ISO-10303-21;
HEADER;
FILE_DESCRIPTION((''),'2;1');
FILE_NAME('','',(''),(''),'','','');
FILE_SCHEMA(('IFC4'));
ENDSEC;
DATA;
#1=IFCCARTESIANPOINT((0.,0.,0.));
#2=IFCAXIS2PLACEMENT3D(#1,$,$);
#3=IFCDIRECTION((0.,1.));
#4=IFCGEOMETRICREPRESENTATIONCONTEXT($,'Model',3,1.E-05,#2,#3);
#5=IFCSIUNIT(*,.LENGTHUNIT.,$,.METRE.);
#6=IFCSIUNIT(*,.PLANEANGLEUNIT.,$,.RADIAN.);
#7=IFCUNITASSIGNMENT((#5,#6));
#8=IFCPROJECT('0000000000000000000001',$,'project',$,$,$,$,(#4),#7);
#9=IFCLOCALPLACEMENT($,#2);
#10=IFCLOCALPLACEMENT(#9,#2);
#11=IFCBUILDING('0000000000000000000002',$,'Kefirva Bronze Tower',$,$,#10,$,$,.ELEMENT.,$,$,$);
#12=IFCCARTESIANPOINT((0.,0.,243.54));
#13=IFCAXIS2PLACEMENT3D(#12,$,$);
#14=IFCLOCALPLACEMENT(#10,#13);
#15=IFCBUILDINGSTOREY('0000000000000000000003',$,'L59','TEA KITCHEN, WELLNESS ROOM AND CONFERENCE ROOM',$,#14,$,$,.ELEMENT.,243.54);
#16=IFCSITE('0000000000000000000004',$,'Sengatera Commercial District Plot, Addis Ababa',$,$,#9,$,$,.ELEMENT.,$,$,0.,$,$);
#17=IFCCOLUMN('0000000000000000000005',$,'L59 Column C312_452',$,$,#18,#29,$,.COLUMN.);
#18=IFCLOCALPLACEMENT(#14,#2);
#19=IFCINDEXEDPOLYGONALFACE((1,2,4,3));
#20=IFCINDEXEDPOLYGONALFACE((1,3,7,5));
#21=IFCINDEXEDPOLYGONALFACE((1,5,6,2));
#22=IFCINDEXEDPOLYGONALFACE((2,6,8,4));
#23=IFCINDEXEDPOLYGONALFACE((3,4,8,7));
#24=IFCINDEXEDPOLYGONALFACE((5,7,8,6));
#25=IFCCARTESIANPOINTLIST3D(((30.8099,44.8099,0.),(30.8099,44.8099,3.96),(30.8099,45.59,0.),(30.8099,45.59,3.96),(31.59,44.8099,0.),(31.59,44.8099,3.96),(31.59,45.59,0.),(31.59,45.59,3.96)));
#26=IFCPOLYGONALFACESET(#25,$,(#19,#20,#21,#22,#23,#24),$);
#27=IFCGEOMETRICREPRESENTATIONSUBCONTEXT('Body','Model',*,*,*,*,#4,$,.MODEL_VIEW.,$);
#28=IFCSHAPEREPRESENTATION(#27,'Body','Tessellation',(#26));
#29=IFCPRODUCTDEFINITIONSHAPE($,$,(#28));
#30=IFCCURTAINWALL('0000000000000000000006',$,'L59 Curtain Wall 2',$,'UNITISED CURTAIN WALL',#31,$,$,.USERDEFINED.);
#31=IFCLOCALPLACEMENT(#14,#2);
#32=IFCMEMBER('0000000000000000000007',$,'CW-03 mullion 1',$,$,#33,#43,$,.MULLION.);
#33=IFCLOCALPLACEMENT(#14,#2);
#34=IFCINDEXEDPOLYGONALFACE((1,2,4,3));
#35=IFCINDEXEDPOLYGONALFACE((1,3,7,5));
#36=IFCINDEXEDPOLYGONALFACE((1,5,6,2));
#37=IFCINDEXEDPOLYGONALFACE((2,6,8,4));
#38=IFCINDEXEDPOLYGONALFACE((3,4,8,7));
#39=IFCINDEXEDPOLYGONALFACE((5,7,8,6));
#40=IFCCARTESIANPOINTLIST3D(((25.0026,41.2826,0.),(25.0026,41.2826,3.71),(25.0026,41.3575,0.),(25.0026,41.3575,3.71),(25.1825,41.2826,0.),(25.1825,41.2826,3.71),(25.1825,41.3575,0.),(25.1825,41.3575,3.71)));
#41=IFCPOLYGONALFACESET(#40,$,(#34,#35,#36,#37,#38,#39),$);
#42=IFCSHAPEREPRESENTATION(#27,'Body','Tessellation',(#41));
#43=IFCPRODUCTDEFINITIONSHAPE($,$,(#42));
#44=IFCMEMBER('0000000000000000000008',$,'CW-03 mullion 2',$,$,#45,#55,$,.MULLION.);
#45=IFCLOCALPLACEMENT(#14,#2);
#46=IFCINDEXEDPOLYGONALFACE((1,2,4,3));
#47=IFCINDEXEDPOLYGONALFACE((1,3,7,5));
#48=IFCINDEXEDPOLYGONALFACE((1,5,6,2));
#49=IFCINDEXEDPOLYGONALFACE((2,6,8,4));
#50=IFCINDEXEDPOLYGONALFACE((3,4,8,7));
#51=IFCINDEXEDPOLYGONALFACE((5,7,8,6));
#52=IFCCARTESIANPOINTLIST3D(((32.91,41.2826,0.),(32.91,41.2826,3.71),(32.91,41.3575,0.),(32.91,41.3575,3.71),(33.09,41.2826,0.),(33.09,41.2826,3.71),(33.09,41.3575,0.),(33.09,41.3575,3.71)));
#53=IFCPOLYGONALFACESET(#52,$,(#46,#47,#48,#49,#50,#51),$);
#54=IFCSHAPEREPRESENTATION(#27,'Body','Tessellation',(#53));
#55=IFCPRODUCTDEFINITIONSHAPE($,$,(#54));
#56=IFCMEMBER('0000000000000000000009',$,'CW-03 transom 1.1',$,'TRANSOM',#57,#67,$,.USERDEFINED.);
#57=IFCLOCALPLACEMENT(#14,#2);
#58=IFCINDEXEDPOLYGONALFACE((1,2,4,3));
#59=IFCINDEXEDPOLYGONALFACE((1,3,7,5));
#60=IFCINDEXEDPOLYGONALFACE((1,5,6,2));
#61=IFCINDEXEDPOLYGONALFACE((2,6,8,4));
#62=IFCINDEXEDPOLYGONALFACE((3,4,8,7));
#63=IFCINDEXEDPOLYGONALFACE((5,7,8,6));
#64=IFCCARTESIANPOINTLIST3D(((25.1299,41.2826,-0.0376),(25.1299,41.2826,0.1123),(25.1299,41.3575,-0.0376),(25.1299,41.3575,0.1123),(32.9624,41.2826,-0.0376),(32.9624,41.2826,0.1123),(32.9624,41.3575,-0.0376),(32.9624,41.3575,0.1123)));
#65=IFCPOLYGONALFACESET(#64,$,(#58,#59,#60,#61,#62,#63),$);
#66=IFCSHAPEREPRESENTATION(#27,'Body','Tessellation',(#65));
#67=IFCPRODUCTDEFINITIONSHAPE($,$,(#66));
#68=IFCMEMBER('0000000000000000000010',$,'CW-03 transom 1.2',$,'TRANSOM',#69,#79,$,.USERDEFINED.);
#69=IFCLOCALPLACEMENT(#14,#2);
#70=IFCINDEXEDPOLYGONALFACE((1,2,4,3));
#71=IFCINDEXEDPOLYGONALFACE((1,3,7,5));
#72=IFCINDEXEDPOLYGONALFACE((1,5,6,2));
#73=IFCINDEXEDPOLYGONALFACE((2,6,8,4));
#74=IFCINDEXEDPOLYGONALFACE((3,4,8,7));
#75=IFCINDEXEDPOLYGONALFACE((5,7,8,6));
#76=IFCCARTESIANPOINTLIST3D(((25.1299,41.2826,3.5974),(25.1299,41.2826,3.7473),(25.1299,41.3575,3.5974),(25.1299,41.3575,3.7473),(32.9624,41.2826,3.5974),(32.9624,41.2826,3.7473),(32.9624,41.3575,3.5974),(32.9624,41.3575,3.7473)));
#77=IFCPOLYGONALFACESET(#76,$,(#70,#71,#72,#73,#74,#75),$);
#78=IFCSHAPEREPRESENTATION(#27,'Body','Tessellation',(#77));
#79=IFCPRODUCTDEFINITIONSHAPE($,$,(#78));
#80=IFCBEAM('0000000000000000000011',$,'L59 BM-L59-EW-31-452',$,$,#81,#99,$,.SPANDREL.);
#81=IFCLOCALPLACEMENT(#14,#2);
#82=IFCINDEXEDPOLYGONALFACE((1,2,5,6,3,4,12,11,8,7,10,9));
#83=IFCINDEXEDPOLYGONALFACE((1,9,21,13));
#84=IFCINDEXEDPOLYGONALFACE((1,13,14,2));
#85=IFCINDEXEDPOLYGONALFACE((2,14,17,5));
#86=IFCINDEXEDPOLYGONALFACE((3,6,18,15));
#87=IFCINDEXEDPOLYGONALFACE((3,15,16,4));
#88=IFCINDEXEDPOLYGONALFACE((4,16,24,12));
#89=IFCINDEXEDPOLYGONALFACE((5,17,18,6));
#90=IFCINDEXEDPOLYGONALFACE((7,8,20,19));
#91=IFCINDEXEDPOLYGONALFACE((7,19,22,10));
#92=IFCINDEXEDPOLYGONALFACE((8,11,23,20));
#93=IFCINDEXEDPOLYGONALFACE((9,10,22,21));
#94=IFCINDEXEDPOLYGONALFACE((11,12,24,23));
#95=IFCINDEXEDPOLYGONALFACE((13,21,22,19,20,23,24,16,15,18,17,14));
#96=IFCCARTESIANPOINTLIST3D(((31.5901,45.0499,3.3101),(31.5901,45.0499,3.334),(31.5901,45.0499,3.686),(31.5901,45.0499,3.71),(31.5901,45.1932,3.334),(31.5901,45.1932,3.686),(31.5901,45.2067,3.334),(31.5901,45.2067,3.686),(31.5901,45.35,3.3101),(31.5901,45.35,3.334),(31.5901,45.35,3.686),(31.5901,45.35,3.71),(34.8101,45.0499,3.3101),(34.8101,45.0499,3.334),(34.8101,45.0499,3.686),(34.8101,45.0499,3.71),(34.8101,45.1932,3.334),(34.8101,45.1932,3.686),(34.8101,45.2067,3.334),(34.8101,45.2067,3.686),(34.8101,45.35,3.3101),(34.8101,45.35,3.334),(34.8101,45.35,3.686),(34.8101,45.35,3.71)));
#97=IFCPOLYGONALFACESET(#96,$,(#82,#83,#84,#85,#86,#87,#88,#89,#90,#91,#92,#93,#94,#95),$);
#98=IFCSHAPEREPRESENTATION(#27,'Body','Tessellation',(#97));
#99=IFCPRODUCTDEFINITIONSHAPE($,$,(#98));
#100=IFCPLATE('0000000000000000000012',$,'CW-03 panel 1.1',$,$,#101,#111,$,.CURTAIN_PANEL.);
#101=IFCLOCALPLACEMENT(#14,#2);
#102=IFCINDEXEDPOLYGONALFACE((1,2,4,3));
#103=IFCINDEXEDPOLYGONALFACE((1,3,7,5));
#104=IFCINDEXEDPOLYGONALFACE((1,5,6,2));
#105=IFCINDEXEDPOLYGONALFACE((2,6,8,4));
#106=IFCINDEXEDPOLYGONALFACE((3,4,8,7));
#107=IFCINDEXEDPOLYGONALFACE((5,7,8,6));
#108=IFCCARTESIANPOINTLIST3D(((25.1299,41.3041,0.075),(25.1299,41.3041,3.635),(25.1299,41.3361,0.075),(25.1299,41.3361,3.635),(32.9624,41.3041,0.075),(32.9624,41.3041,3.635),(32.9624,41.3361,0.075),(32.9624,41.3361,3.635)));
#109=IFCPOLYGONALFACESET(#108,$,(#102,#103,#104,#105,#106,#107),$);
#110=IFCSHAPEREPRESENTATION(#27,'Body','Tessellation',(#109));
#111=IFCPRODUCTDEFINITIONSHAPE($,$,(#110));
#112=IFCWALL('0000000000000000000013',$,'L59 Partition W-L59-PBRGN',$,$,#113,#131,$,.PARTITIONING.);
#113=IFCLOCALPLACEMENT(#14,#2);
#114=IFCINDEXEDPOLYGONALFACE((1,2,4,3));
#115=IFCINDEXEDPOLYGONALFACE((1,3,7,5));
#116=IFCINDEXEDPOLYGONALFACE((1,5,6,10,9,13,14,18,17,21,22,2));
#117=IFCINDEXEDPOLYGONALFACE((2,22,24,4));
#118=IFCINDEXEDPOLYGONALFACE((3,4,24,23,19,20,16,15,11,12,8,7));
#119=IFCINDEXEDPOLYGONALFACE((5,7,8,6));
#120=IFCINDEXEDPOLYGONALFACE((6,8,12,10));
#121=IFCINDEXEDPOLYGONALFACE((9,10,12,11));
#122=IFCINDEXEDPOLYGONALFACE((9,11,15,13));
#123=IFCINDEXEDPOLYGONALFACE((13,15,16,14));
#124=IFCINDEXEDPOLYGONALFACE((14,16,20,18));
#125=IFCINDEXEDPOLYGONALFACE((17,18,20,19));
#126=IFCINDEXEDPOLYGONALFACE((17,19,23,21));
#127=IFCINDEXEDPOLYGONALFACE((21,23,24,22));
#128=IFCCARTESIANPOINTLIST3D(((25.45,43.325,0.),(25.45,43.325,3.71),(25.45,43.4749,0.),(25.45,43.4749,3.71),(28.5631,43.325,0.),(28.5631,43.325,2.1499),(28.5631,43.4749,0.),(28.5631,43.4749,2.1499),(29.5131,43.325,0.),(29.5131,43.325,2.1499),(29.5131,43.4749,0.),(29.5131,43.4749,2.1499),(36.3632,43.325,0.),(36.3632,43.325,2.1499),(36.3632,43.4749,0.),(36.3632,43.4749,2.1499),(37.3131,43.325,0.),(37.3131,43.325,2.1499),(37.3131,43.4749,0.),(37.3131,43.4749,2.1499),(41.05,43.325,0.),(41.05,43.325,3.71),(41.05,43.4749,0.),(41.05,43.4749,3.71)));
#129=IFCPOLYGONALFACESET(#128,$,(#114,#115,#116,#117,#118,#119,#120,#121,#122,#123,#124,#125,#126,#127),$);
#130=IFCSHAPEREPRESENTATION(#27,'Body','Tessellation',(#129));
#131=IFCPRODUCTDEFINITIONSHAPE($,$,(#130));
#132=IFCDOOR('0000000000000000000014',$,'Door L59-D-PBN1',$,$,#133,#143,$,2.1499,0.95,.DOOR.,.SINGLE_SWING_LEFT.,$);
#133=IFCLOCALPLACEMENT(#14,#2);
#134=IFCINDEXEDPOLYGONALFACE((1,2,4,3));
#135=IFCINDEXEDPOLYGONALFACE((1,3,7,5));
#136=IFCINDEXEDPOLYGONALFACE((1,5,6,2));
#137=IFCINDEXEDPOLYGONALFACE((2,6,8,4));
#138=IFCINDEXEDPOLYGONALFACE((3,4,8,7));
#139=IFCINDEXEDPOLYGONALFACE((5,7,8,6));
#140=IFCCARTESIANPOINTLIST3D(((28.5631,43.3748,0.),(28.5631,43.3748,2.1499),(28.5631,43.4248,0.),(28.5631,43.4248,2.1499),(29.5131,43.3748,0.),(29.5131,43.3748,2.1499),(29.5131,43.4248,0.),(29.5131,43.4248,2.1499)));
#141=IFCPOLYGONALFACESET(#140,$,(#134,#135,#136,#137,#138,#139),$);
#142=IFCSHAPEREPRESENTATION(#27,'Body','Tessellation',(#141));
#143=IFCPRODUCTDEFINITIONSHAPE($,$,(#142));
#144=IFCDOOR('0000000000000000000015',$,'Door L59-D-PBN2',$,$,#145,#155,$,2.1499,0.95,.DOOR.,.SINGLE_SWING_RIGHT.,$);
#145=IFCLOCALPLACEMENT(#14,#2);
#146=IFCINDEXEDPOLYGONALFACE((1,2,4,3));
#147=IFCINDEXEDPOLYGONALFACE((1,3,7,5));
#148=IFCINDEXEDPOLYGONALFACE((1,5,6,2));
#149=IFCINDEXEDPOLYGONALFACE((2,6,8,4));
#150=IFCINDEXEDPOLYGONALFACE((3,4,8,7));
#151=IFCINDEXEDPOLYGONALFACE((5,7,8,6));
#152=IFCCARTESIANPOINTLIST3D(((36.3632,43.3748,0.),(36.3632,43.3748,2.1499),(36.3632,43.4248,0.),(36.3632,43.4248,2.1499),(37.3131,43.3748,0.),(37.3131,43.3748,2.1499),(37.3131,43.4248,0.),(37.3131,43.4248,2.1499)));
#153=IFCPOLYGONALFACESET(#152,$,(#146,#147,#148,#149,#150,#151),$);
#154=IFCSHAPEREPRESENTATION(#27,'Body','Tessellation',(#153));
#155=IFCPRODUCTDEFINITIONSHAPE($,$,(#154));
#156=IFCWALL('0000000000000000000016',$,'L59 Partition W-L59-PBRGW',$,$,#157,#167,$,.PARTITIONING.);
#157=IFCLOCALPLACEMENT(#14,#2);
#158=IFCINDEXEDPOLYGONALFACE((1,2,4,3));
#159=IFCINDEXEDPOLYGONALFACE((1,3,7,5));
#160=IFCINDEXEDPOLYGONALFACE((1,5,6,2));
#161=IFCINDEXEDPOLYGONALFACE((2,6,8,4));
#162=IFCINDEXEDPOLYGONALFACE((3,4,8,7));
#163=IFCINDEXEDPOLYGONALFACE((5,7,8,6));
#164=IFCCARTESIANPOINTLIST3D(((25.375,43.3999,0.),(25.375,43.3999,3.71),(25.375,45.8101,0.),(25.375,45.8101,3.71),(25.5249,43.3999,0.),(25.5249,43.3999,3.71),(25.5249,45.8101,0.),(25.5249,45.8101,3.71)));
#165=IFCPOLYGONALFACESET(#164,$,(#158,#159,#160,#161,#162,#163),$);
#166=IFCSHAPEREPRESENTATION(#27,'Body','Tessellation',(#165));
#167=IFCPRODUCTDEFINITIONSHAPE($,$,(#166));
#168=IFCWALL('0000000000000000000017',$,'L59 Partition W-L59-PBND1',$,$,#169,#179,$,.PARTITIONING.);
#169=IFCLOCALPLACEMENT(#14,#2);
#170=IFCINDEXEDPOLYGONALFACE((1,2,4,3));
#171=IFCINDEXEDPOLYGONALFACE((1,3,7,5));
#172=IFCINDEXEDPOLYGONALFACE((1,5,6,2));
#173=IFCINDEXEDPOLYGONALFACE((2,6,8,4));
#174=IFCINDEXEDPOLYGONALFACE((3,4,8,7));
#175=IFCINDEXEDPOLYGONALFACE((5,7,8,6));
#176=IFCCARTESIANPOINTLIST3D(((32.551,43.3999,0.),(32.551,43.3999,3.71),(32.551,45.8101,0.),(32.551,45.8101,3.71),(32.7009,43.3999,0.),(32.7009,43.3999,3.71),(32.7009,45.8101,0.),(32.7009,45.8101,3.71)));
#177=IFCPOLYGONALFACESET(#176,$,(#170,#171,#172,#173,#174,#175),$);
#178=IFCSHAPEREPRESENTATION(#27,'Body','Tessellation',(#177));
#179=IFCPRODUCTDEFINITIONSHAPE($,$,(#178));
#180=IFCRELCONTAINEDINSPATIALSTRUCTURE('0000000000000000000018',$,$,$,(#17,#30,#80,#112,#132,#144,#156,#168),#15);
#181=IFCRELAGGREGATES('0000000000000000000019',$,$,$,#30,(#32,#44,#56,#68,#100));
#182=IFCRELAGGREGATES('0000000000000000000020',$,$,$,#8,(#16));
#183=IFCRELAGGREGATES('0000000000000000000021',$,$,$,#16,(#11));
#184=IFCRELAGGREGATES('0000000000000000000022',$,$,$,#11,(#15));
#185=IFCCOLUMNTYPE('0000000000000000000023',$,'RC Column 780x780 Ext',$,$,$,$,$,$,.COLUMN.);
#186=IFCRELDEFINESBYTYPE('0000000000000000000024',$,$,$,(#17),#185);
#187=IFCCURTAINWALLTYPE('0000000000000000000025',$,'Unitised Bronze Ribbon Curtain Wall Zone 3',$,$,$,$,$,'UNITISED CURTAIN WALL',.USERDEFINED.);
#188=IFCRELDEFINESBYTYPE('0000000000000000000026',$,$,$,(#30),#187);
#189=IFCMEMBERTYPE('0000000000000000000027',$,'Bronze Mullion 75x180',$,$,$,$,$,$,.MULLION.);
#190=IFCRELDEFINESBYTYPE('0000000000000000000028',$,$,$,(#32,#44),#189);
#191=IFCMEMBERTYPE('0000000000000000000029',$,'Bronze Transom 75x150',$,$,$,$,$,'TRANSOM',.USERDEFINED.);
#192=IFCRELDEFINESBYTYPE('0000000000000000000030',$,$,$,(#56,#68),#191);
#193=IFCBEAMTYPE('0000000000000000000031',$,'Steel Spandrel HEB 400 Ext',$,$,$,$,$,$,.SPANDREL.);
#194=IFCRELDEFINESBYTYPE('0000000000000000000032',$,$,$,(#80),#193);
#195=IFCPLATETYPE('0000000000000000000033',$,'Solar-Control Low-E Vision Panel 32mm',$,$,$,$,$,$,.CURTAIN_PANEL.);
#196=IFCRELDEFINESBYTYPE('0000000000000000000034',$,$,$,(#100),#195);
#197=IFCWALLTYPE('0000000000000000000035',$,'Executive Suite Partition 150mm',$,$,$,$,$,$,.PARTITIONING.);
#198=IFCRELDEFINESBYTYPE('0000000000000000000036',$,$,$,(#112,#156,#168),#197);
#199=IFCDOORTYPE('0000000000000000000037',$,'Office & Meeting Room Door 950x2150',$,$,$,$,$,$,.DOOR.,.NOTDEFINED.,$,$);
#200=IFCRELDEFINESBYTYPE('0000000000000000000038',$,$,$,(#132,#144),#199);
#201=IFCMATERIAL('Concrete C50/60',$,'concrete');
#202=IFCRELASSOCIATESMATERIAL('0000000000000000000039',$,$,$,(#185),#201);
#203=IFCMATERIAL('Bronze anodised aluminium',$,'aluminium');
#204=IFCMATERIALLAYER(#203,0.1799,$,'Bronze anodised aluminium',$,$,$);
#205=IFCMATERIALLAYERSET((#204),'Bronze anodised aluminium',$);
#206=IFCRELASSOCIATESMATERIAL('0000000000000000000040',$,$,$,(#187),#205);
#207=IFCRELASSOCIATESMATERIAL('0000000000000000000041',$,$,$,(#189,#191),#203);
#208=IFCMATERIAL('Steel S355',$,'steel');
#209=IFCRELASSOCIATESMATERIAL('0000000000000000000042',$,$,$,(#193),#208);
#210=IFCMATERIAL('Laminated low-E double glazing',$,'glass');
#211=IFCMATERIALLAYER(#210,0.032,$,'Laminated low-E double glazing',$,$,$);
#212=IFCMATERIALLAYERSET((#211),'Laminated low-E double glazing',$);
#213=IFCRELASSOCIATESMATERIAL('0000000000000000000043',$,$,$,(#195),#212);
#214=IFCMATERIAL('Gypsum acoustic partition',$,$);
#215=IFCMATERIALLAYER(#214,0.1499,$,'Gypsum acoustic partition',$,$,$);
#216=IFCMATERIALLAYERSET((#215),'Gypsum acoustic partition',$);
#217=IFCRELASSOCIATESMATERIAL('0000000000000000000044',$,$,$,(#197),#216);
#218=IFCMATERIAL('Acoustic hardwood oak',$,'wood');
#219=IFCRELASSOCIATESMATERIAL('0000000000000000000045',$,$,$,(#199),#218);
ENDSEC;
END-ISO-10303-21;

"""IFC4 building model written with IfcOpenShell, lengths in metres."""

from ifc_helpers import new_model, si_unit, direction, frame, frame_2d, origin, origin_2d, place, context, subcontext, project, spatial, rectangle, i_section, extrude, material, layer, layer_set, material_profile, profile_set, type_object, element, fill, aggregate, save


model = new_model("IFC4")

# Units and contexts
model_context = context("Model", 3, precision=1e-05, world=origin(), true_north=direction((0.0, 1.0)))
body_context = subcontext(model_context, "Body", "Model", "MODEL_VIEW")
ifc_project = project(units=[si_unit("LENGTHUNIT", "METRE"), si_unit("PLANEANGLEUNIT", "RADIAN")], contexts=[model_context])

# Site, building, storey
site_placement = place(None, origin())
site = spatial("IfcSite", under=ifc_project, at=site_placement, Name="Sengatera Commercial District Plot, Addis Ababa", CompositionType="ELEMENT", RefElevation=0.0)
building_placement = place(site_placement, origin())
building = spatial("IfcBuilding", under=site, at=building_placement, Name="Kefirva Bronze Tower", CompositionType="ELEMENT")
storey_placement = place(building_placement, frame((0.0, 0.0, 243.54)))
storey = spatial("IfcBuildingStorey", under=building, at=storey_placement, Name="L59", Description="TEA KITCHEN, WELLNESS ROOM AND CONFERENCE ROOM", CompositionType="ELEMENT", Elevation=243.54)

# Column
ifc_material_1 = material(Name="Concrete C50/60", Category="concrete")
ifc_material_profile_1 = material_profile(ifc_material_1, rectangle(XDim=0.78, YDim=0.78, at=origin_2d()), Name="RC 780x780")
ifc_profile_set_1 = profile_set([ifc_material_profile_1], Name="Concrete C50/60")
column_type = type_object("IfcColumnType", Name="RC Column 780x780 Ext", PredefinedType="COLUMN", material=ifc_profile_set_1)
column_placement = place(storey_placement, frame((31.2, 45.2, 0.0), z_axis=(0.0, 0.0, 1.0), x_axis=(1.0, 0.0, 0.0)))
element("IfcColumn", 1, at=column_placement, inside=storey, type_object=column_type, Name="L59 Column C312_452", PredefinedType="COLUMN", context=body_context, shape_type="SweptSolid", body=[
    extrude(rectangle(XDim=0.78, YDim=0.78, at=origin_2d()), origin(), (0.0, 0.0, 1.0), 3.96),
])

# Curtain wall, members
ifc_material_2 = material(Name="Bronze anodised aluminium", Category="aluminium")
ifc_layer_1 = layer(ifc_material_2, 0.1799, Name="Bronze anodised aluminium")
ifc_layer_set_1 = layer_set([ifc_layer_1], Name="Bronze anodised aluminium")
curtain_wall_type = type_object("IfcCurtainWallType", Name="Unitised Bronze Ribbon Curtain Wall Zone 3", ElementType="UNITISED CURTAIN WALL", PredefinedType="USERDEFINED", material=ifc_layer_set_1)
curtain_wall_placement = place(storey_placement, origin())
curtain_wall = element("IfcCurtainWall", 2, at=curtain_wall_placement, inside=storey, type_object=curtain_wall_type, Name="L59 Curtain Wall 2", ObjectType="UNITISED CURTAIN WALL", PredefinedType="USERDEFINED")
ifc_material_profile_2 = material_profile(ifc_material_2, rectangle(XDim=0.075, YDim=0.1799, at=origin_2d()), Name="ALU 75x180")
ifc_profile_set_2 = profile_set([ifc_material_profile_2], Name="Bronze anodised aluminium")
member_type_1 = type_object("IfcMemberType", Name="Bronze Mullion 75x180", PredefinedType="MULLION", material=ifc_profile_set_2)
member_1_placement = place(storey_placement, frame((25.0925, 41.3201, 0.0), z_axis=(0.0, 0.0, 1.0), x_axis=(0.0, 1.0, 0.0)))
member_1 = element("IfcMember", 3, at=member_1_placement, type_object=member_type_1, Name="CW-03 mullion 1", PredefinedType="MULLION", context=body_context, shape_type="SweptSolid", body=[
    extrude(rectangle(XDim=0.075, YDim=0.1799, at=origin_2d()), origin(), (0.0, 0.0, 1.0), 3.71),
])
member_2_placement = place(storey_placement, frame((33.0, 41.3201, 0.0), z_axis=(0.0, 0.0, 1.0), x_axis=(0.0, 1.0, 0.0)))
member_2 = element("IfcMember", 4, at=member_2_placement, type_object=member_type_1, Name="CW-03 mullion 2", PredefinedType="MULLION", context=body_context, shape_type="SweptSolid", body=[
    extrude(rectangle(XDim=0.075, YDim=0.1799, at=origin_2d()), origin(), (0.0, 0.0, 1.0), 3.71),
])
ifc_material_profile_3 = material_profile(ifc_material_2, rectangle(XDim=0.075, YDim=0.1499, at=origin_2d()), Name="ALU 75x150")
ifc_profile_set_3 = profile_set([ifc_material_profile_3], Name="Bronze anodised aluminium")
member_type_2 = type_object("IfcMemberType", Name="Bronze Transom 75x150", ElementType="TRANSOM", PredefinedType="USERDEFINED", material=ifc_profile_set_3)
member_3_placement = place(storey_placement, frame((25.1299, 41.3201, 0.0374), z_axis=(1.0, 0.0, 0.0), x_axis=(0.0, 1.0, 0.0)))
member_3 = element("IfcMember", 5, at=member_3_placement, type_object=member_type_2, Name="CW-03 transom 1.1", ObjectType="TRANSOM", PredefinedType="USERDEFINED", context=body_context, shape_type="SweptSolid", body=[
    extrude(rectangle(XDim=0.075, YDim=0.1499, at=origin_2d()), origin(), (0.0, 0.0, 1.0), 7.8325),
])
member_4_placement = place(storey_placement, frame((25.1299, 41.3201, 3.6724), z_axis=(1.0, 0.0, 0.0), x_axis=(0.0, 1.0, 0.0)))
member_4 = element("IfcMember", 6, at=member_4_placement, type_object=member_type_2, Name="CW-03 transom 1.2", ObjectType="TRANSOM", PredefinedType="USERDEFINED", context=body_context, shape_type="SweptSolid", body=[
    extrude(rectangle(XDim=0.075, YDim=0.1499, at=origin_2d()), origin(), (0.0, 0.0, 1.0), 7.8325),
])

# Beam
ifc_material_3 = material(Name="Steel S355", Category="steel")
ifc_material_profile_4 = material_profile(ifc_material_3, i_section(OverallWidth=0.3, OverallDepth=0.3999, WebThickness=0.0134, FlangeThickness=0.0239, at=origin_2d()), Name="HEB 400")
ifc_profile_set_4 = profile_set([ifc_material_profile_4], Name="Steel S355")
beam_type = type_object("IfcBeamType", Name="Steel Spandrel HEB 400 Ext", PredefinedType="SPANDREL", material=ifc_profile_set_4)
beam_placement = place(storey_placement, frame((31.5901, 45.2, 3.51), z_axis=(1.0, 0.0, 0.0), x_axis=(0.0, 1.0, 0.0)))
element("IfcBeam", 7, at=beam_placement, inside=storey, type_object=beam_type, Name="L59 BM-L59-EW-31-452", PredefinedType="SPANDREL", context=body_context, shape_type="SweptSolid", body=[
    extrude(i_section(OverallWidth=0.3, OverallDepth=0.3999, WebThickness=0.0134, FlangeThickness=0.0239, at=origin_2d()), origin(), (0.0, 0.0, 1.0), 3.22),
])

# Plate
ifc_material_4 = material(Name="Laminated low-E double glazing", Category="glass")
ifc_layer_2 = layer(ifc_material_4, 0.032, Name="Laminated low-E double glazing")
ifc_layer_set_2 = layer_set([ifc_layer_2], Name="Laminated low-E double glazing")
plate_type = type_object("IfcPlateType", Name="Solar-Control Low-E Vision Panel 32mm", PredefinedType="CURTAIN_PANEL", material=ifc_layer_set_2)
plate_placement = place(storey_placement, frame((29.0461, 41.3201, 0.075), z_axis=(0.0, 0.0, 1.0), x_axis=(1.0, 0.0, 0.0)))
plate = element("IfcPlate", 8, at=plate_placement, type_object=plate_type, Name="CW-03 panel 1.1", PredefinedType="CURTAIN_PANEL", context=body_context, shape_type="SweptSolid", body=[
    extrude(rectangle(XDim=7.8325, YDim=0.032, at=origin_2d()), origin(), (0.0, 0.0, 1.0), 3.5601),
])
aggregate(curtain_wall, [member_1, member_2, member_3, member_4, plate])

# Wall, openings, doors
ifc_material_5 = material(Name="Gypsum acoustic partition")
ifc_layer_3 = layer(ifc_material_5, 0.1499, Name="Gypsum acoustic partition")
ifc_layer_set_3 = layer_set([ifc_layer_3], Name="Gypsum acoustic partition")
wall_type_1 = type_object("IfcWallType", Name="Executive Suite Partition 150mm", PredefinedType="PARTITIONING", material=ifc_layer_set_3)
wall_1_placement = place(storey_placement, frame((25.45, 43.3999, 0.0), z_axis=(0.0, 0.0, 1.0), x_axis=(1.0, 0.0, 0.0)))
wall_1 = element("IfcWall", 9, at=wall_1_placement, inside=storey, type_object=wall_type_1, Name="L59 Partition W-L59-PBRGN", PredefinedType="PARTITIONING", context=body_context, shape_type="SweptSolid", body=[
    extrude(rectangle(XDim=15.6001, YDim=0.1499, at=frame_2d((7.8, 0.0))), origin(), (0.0, 0.0, 1.0), 3.71),
])
opening_1_placement = place(wall_1_placement, frame((3.113, 0.0, 0.0)))
opening_1 = element("IfcOpeningElement", 10, at=opening_1_placement, cuts=wall_1, PredefinedType="OPENING", context=body_context, shape_type="SweptSolid", body=[
    extrude(rectangle(XDim=0.95, YDim=2.1499, at=frame_2d((0.4751, 1.075))), frame((0.0, 0.085, 0.0), z_axis=(0.0, -1.0, 0.0), x_axis=(1.0, 0.0, 0.0)), (0.0, 0.0, 1.0), 0.1699),
])
opening_2_placement = place(wall_1_placement, frame((10.9131, 0.0, 0.0)))
opening_2 = element("IfcOpeningElement", 11, at=opening_2_placement, cuts=wall_1, PredefinedType="OPENING", context=body_context, shape_type="SweptSolid", body=[
    extrude(rectangle(XDim=0.95, YDim=2.1499, at=frame_2d((0.4751, 1.075))), frame((0.0, 0.085, 0.0), z_axis=(0.0, -1.0, 0.0), x_axis=(1.0, 0.0, 0.0)), (0.0, 0.0, 1.0), 0.1699),
])
ifc_material_6 = material(Name="Acoustic hardwood oak", Category="wood")
door_type = type_object("IfcDoorType", Name="Office & Meeting Room Door 950x2150", OperationType="NOTDEFINED", PredefinedType="DOOR", material=ifc_material_6)
door_1_placement = place(opening_1_placement, origin())
door_1 = element("IfcDoor", 12, at=door_1_placement, inside=storey, type_object=door_type, Name="Door L59-D-PBN1", OperationType="SINGLE_SWING_LEFT", OverallHeight=2.1499, OverallWidth=0.95, PredefinedType="DOOR", context=body_context, shape_type="SweptSolid", body=[
    extrude(rectangle(XDim=0.95, YDim=2.1499, at=frame_2d((0.4751, 1.075))), frame((0.0, 0.0249, 0.0), z_axis=(0.0, -1.0, 0.0), x_axis=(1.0, 0.0, 0.0)), (0.0, 0.0, 1.0), 0.05),
])
fill(opening_1, door_1)
door_2_placement = place(opening_2_placement, origin())
door_2 = element("IfcDoor", 13, at=door_2_placement, inside=storey, type_object=door_type, Name="Door L59-D-PBN2", OperationType="SINGLE_SWING_RIGHT", OverallHeight=2.1499, OverallWidth=0.95, PredefinedType="DOOR", context=body_context, shape_type="SweptSolid", body=[
    extrude(rectangle(XDim=0.95, YDim=2.1499, at=frame_2d((0.4751, 1.075))), frame((0.0, 0.0249, 0.0), z_axis=(0.0, -1.0, 0.0), x_axis=(1.0, 0.0, 0.0)), (0.0, 0.0, 1.0), 0.05),
])
fill(opening_2, door_2)

# Walls
for number, where, z_axis, x_axis, name in (
    (14, (25.45, 43.3999, 0.0), (0.0, 0.0, 1.0), (0.0, 1.0, 0.0), "L59 Partition W-L59-PBRGW"),
    (15, (32.626, 43.3999, 0.0), (0.0, 0.0, 1.0), (0.0, 1.0, 0.0), "L59 Partition W-L59-PBND1"),
):
    element("IfcWall", number, at=place(storey_placement, frame(where, z_axis=z_axis, x_axis=x_axis)), inside=storey, type_object=wall_type_1, Name=name, PredefinedType="PARTITIONING", context=body_context, shape_type="SweptSolid", body=[
        extrude(rectangle(XDim=2.4102, YDim=0.1499, at=frame_2d((1.2051, 0.0))), origin(), (0.0, 0.0, 1.0), 3.71),
    ])

save(model, "model.ifc")
